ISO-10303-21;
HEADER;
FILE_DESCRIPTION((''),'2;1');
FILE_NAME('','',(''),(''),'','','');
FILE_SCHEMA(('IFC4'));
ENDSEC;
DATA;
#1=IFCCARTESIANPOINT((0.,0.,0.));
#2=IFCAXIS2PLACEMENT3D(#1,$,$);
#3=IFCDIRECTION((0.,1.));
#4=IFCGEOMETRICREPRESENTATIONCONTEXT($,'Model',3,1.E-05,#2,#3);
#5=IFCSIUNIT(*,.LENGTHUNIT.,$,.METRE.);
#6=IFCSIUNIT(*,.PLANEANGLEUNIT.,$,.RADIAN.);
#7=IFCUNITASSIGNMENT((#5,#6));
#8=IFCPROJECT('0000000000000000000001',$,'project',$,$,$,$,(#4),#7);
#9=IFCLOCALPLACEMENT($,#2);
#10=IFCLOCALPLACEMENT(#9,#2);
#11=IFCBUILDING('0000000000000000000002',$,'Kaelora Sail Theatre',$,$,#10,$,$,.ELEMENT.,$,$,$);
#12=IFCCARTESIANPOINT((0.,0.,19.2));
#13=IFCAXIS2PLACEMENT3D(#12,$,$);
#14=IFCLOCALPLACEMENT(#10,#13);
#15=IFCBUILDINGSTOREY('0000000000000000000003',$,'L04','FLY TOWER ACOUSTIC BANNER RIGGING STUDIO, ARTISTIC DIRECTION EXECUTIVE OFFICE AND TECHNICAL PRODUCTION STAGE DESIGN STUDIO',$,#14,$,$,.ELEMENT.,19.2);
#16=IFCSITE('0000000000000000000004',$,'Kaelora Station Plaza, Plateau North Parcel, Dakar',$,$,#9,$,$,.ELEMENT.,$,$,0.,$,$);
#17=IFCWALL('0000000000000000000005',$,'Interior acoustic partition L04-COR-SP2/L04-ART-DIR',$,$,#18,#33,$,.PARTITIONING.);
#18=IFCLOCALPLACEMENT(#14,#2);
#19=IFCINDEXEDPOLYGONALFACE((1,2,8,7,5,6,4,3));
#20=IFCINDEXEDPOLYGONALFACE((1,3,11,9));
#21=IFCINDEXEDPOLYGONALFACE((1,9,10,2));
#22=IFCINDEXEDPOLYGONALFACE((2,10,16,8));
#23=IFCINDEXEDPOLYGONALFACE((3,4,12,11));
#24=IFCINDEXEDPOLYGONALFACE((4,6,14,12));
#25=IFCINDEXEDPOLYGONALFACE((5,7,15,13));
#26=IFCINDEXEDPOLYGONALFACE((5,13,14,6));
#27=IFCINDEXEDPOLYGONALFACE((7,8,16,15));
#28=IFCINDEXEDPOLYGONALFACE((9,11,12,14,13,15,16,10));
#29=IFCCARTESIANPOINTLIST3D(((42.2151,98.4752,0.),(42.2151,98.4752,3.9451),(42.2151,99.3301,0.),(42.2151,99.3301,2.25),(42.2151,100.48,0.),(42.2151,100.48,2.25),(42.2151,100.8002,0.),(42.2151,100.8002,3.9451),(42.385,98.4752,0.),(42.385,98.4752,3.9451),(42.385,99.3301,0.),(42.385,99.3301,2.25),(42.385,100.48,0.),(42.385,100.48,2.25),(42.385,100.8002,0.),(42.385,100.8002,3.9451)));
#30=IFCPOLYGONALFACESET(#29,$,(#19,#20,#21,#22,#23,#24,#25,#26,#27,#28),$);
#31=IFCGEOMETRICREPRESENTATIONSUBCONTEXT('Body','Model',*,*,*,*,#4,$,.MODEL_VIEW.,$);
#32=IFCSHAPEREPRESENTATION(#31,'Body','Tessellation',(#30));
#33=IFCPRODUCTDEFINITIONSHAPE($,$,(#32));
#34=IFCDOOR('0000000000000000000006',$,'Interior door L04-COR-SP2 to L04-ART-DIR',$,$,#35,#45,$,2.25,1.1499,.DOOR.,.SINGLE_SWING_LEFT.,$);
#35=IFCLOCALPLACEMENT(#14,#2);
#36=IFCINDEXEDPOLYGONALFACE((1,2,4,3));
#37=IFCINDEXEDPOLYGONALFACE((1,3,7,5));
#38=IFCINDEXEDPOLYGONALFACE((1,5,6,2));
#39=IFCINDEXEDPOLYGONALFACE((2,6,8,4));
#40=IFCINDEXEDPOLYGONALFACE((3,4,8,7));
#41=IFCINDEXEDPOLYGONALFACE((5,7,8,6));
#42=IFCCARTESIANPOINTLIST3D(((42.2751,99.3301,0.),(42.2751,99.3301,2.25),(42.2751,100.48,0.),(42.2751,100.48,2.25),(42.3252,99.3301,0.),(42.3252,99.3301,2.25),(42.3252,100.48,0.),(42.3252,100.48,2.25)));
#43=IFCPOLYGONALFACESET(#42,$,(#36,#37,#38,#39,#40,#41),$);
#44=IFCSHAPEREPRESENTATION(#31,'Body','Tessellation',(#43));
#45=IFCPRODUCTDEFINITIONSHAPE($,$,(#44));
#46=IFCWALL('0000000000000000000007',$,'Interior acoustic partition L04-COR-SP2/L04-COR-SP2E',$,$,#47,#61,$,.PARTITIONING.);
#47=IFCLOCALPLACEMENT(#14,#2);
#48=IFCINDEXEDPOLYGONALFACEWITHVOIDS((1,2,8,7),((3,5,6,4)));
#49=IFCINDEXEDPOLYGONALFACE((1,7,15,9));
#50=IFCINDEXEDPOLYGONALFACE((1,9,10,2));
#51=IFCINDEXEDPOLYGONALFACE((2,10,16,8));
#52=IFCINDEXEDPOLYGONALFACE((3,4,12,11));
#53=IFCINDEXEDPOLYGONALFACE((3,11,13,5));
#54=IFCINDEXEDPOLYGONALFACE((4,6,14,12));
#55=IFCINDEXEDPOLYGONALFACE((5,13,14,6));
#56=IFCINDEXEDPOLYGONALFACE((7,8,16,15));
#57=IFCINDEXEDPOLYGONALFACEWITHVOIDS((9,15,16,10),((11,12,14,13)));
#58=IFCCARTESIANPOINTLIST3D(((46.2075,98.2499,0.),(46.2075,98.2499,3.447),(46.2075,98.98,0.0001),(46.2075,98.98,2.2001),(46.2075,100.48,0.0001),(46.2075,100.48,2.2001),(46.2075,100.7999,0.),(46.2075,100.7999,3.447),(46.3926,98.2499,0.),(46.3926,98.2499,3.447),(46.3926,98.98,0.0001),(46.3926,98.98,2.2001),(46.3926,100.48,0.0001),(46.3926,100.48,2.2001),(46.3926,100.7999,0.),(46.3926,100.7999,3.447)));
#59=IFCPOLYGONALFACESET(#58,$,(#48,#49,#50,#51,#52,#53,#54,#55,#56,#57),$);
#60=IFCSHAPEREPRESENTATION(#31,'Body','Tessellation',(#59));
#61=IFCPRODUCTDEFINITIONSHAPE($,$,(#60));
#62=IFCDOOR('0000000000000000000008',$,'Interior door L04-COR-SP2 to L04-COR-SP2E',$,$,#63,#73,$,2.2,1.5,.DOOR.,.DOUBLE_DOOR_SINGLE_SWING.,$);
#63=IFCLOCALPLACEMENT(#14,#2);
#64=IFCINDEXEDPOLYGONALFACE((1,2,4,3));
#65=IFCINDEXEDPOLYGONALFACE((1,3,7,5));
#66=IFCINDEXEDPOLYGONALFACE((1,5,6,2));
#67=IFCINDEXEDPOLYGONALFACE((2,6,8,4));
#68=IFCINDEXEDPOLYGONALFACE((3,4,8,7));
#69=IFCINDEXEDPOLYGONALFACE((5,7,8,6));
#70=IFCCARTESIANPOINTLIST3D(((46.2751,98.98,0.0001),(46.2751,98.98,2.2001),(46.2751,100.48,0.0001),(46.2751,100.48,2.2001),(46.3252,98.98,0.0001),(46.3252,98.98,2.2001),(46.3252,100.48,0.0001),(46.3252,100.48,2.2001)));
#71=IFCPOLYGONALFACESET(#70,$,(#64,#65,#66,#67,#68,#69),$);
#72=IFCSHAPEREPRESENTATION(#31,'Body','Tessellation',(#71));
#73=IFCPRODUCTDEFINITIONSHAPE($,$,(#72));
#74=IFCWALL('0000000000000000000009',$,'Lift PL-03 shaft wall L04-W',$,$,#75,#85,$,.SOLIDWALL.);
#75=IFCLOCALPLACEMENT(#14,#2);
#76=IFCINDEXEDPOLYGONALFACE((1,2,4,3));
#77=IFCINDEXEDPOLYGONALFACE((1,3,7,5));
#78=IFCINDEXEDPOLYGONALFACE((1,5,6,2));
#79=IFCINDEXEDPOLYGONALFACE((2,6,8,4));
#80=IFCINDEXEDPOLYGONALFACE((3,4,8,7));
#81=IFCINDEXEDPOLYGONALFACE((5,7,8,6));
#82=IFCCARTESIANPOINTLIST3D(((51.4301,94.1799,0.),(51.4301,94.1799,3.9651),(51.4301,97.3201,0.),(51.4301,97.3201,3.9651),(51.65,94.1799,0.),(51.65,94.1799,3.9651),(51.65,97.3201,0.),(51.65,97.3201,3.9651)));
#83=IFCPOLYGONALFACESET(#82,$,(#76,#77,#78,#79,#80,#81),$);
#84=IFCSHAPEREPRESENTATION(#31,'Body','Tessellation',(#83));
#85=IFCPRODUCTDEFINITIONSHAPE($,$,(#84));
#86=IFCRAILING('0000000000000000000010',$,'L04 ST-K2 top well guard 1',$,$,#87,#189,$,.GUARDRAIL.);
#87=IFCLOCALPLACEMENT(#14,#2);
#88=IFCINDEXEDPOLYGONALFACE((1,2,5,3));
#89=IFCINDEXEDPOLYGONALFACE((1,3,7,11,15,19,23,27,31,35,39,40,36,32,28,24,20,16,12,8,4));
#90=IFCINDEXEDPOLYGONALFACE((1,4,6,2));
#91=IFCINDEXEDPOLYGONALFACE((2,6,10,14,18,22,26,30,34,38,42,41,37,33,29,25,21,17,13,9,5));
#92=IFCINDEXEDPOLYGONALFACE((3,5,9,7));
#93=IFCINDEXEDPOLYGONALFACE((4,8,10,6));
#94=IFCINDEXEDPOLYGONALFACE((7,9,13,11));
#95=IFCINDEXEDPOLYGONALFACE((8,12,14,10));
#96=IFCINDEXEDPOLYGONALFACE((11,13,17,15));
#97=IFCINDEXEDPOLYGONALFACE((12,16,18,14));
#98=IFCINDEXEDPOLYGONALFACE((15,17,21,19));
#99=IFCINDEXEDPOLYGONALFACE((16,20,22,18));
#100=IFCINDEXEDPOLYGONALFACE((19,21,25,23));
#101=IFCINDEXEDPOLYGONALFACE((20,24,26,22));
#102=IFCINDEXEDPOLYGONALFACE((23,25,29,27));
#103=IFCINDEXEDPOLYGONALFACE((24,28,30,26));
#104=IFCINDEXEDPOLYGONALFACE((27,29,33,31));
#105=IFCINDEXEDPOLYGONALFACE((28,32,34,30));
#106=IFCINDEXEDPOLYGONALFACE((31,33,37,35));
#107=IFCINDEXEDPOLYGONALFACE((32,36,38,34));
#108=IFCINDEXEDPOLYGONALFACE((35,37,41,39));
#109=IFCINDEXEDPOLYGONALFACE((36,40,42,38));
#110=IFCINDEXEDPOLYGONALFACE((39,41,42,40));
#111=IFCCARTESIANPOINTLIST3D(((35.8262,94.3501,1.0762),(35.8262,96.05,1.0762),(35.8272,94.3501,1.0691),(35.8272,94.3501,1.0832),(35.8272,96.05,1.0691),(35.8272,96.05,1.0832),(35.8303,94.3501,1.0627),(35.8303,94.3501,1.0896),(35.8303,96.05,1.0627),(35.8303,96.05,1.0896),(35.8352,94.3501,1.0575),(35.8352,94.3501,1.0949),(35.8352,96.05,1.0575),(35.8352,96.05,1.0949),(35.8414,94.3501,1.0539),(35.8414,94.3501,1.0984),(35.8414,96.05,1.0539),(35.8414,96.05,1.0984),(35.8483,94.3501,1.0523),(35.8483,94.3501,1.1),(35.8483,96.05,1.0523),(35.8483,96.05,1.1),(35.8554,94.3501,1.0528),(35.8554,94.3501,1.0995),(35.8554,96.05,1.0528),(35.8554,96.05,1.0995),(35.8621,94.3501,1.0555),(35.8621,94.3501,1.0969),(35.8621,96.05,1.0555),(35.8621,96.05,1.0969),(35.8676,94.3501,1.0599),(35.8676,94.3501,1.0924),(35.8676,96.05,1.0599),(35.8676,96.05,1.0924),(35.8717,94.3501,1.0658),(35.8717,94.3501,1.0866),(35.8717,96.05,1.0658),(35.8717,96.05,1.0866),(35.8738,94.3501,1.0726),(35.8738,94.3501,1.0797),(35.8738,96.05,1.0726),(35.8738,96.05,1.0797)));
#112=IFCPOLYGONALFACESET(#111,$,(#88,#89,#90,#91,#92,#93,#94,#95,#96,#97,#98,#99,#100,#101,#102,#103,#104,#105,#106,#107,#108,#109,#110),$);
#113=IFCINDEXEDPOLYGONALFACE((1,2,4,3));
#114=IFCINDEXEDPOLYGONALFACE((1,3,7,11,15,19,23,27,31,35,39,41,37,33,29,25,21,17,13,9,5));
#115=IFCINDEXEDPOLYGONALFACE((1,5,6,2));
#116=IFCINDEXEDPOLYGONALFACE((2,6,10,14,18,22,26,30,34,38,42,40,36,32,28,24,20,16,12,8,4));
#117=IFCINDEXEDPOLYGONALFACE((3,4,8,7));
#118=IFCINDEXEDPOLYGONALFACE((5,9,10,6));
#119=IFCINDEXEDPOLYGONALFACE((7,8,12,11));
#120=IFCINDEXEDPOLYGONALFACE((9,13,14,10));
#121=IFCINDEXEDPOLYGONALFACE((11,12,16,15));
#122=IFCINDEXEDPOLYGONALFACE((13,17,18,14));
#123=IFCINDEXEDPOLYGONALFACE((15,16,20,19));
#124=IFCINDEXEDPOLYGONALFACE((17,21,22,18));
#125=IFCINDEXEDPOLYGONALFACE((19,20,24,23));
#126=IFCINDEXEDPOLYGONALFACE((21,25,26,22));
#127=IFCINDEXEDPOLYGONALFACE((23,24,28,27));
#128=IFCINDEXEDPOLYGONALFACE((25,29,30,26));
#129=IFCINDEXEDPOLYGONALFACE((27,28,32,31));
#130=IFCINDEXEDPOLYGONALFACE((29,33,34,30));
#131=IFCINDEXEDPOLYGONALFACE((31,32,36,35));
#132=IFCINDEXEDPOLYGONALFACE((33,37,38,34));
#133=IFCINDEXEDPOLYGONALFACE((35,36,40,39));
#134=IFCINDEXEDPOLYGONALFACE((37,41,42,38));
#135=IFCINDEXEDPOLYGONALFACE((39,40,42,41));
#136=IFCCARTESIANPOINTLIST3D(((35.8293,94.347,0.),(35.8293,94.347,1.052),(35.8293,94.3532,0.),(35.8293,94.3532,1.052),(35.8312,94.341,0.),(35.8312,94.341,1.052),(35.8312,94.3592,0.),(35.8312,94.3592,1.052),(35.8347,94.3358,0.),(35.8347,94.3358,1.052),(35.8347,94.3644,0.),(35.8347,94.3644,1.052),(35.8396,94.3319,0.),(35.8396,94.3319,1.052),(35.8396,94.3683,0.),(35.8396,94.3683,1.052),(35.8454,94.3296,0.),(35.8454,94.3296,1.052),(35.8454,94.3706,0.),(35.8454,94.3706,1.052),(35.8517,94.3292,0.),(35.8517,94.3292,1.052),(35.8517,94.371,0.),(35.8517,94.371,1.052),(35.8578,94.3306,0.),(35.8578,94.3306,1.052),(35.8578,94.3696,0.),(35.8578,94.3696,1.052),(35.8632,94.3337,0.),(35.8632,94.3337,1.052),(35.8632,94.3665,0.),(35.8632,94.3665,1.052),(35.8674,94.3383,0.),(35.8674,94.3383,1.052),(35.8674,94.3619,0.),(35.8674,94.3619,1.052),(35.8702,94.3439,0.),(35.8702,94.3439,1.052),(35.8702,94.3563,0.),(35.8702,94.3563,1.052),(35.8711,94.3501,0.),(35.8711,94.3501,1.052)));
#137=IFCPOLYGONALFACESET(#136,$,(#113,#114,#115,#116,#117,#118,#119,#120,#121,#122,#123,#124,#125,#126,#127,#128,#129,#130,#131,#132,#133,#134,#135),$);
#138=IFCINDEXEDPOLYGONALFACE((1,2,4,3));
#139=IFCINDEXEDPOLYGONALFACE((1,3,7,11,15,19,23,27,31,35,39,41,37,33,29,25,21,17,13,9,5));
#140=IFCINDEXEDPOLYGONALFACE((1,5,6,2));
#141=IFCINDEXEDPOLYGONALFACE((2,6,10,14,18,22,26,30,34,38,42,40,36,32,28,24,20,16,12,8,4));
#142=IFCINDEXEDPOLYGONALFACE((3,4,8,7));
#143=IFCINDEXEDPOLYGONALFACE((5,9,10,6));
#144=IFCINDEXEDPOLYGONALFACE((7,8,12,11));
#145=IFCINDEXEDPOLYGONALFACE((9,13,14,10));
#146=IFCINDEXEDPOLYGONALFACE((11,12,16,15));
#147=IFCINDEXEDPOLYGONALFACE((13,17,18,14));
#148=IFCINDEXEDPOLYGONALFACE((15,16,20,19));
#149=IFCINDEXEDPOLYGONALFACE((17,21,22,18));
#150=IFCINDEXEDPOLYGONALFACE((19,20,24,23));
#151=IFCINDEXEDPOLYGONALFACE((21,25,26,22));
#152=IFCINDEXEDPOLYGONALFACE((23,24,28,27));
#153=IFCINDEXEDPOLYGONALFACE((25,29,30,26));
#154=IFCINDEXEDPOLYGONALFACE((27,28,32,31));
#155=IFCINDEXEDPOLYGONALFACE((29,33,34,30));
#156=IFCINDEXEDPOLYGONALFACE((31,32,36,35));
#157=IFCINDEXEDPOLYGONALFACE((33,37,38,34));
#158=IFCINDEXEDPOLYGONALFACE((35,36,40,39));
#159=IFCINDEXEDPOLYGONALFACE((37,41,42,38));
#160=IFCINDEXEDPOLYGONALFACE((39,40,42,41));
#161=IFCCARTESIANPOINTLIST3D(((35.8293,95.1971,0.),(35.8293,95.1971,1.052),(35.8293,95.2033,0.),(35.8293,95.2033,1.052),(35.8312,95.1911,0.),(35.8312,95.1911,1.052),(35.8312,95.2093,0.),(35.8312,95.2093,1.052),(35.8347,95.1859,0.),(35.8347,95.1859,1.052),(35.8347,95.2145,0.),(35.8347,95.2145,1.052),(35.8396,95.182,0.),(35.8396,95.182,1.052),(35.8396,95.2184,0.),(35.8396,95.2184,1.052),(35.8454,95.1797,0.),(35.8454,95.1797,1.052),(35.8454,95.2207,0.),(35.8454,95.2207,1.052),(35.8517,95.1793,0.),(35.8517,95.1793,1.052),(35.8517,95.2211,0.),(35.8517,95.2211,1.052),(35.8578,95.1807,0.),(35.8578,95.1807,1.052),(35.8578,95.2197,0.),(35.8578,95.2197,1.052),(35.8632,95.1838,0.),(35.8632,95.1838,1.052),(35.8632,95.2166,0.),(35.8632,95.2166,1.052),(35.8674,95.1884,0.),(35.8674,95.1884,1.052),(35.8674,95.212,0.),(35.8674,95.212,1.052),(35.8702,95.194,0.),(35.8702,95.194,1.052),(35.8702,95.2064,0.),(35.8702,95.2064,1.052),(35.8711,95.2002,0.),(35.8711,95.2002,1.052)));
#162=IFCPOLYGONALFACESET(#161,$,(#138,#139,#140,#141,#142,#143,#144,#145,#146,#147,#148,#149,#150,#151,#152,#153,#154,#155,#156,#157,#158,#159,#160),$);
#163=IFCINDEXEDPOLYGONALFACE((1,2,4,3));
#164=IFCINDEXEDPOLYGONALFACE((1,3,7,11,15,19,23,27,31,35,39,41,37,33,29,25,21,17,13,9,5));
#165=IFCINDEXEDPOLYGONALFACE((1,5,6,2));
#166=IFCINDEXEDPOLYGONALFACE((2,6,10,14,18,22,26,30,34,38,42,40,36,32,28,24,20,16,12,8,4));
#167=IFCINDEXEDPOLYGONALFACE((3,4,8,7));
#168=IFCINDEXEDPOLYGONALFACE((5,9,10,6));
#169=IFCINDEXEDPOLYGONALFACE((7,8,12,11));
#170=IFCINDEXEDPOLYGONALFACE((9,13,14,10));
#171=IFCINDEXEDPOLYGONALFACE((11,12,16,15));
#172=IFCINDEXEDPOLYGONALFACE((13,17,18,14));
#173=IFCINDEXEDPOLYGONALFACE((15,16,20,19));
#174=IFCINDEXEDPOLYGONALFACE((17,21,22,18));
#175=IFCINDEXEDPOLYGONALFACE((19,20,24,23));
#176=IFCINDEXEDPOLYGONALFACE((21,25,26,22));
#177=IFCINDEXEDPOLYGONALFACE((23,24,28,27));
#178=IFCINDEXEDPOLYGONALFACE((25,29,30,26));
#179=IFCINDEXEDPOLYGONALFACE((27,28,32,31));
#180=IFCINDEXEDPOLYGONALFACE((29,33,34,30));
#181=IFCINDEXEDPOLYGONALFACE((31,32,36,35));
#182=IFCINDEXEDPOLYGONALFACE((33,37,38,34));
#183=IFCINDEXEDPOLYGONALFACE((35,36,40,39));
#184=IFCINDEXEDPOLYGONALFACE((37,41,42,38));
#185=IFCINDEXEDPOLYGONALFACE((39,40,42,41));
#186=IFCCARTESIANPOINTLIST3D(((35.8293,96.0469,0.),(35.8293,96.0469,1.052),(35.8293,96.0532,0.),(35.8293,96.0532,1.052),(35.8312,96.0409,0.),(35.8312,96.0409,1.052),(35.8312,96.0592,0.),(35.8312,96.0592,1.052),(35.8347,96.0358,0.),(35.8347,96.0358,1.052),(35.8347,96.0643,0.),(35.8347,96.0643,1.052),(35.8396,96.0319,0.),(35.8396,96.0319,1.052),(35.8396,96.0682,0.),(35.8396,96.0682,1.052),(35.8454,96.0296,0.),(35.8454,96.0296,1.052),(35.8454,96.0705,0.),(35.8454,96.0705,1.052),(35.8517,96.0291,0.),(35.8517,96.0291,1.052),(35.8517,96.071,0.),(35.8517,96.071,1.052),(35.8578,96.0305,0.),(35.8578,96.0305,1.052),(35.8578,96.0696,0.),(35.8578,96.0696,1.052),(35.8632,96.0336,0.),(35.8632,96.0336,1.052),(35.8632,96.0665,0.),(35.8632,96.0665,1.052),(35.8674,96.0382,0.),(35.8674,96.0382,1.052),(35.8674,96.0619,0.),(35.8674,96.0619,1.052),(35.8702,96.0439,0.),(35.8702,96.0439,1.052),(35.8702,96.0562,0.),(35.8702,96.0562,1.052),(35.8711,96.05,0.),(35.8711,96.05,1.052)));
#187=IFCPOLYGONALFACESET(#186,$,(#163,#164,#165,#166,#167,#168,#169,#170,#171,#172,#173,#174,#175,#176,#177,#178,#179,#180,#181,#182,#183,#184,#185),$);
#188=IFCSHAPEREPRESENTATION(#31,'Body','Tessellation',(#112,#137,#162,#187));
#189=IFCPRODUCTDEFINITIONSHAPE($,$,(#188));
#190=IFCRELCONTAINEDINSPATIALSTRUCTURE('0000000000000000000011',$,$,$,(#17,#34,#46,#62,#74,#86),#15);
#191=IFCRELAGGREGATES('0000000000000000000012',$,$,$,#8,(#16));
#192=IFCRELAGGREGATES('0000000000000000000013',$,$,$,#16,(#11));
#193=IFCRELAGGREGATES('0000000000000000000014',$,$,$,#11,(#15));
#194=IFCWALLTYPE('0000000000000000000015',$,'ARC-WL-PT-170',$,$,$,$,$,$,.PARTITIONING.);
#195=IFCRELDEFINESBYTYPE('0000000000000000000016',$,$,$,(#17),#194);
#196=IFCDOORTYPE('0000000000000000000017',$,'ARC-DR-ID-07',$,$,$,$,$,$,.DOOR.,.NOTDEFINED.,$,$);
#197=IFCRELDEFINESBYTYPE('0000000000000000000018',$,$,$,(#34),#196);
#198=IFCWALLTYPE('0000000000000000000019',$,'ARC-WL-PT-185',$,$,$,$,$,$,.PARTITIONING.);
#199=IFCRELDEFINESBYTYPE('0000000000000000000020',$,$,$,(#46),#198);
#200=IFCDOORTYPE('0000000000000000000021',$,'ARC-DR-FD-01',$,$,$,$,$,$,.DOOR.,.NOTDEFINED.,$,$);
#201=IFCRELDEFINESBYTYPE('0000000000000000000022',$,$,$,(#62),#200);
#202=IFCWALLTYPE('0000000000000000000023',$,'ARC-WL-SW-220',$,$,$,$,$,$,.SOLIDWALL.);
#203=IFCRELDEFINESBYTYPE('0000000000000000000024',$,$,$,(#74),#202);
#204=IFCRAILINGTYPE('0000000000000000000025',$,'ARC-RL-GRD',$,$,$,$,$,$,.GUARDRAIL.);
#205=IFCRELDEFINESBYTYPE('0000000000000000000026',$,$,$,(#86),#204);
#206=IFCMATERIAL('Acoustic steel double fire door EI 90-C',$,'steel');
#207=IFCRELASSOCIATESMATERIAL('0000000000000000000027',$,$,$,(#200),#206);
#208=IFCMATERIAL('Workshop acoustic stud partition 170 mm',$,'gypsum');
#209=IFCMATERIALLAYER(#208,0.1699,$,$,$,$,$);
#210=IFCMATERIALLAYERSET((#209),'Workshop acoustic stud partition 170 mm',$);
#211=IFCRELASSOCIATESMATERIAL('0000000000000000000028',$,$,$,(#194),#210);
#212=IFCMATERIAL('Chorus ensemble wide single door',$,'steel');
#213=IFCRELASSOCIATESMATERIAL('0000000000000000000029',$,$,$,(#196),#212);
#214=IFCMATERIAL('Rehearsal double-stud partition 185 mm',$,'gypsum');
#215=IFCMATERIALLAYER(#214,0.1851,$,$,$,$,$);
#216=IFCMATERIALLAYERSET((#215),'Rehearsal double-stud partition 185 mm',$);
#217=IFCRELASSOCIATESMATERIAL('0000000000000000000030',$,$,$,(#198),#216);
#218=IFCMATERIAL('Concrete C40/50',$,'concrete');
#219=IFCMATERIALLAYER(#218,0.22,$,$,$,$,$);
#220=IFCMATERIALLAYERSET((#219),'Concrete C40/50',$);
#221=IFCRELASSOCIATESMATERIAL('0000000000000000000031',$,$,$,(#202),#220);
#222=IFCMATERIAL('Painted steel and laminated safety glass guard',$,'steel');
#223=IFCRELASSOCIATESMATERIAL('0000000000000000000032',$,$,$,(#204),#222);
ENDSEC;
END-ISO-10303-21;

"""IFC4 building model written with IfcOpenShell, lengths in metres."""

from ifc_helpers import new_model, si_unit, direction, frame, frame_2d, origin, origin_2d, place, context, subcontext, project, spatial, rectangle, circle, extrude, material, layer, layer_set, type_object, element, fill, save


model = new_model("IFC4")

# Units and contexts
model_context = context("Model", 3, precision=1e-05, world=origin(), true_north=direction((0.0, 1.0)))
body_context = subcontext(model_context, "Body", "Model", "MODEL_VIEW")
ifc_project = project(units=[si_unit("LENGTHUNIT", "METRE"), si_unit("PLANEANGLEUNIT", "RADIAN")], contexts=[model_context])

# Site, building, storey
site_placement = place(None, origin())
site = spatial("IfcSite", under=ifc_project, at=site_placement, Name="Kaelora Station Plaza, Plateau North Parcel, Dakar", CompositionType="ELEMENT", RefElevation=0.0)
building_placement = place(site_placement, origin())
building = spatial("IfcBuilding", under=site, at=building_placement, Name="Kaelora Sail Theatre", CompositionType="ELEMENT")
storey_placement = place(building_placement, frame((0.0, 0.0, 19.2)))
storey = spatial("IfcBuildingStorey", under=building, at=storey_placement, Name="L04", Description="FLY TOWER ACOUSTIC BANNER RIGGING STUDIO, ARTISTIC DIRECTION EXECUTIVE OFFICE AND TECHNICAL PRODUCTION STAGE DESIGN STUDIO", CompositionType="ELEMENT", Elevation=19.2)

# Shared definitions
ifc_material_1 = material(Name="Acoustic steel double fire door EI 90-C", Category="steel")
door_type_1 = type_object("IfcDoorType", Name="ARC-DR-FD-01", OperationType="NOTDEFINED", PredefinedType="DOOR", material=ifc_material_1)

# Walls, openings, doors
ifc_material_2 = material(Name="Workshop acoustic stud partition 170 mm", Category="gypsum")
ifc_layer_1 = layer(ifc_material_2, 0.1699)
ifc_layer_set_1 = layer_set([ifc_layer_1], Name="Workshop acoustic stud partition 170 mm")
wall_type_1 = type_object("IfcWallType", Name="ARC-WL-PT-170", PredefinedType="PARTITIONING", material=ifc_layer_set_1)
wall_1_placement = place(storey_placement, frame((42.3, 98.4751, 0.0), z_axis=(0.0, 0.0, 1.0), x_axis=(0.0, 1.0, 0.0)))
wall_1 = element("IfcWall", 1, at=wall_1_placement, inside=storey, type_object=wall_type_1, Name="Interior acoustic partition L04-COR-SP2/L04-ART-DIR", PredefinedType="PARTITIONING", context=body_context, shape_type="SweptSolid", body=[
    extrude(rectangle(XDim=2.325, YDim=0.1699, at=frame_2d((1.1626, 0.0))), origin(), (0.0, 0.0, 1.0), 3.9451),
])
opening_1_placement = place(wall_1_placement, frame((0.855, 0.0, 0.0)))
opening_1 = element("IfcOpeningElement", 2, at=opening_1_placement, cuts=wall_1, PredefinedType="OPENING", context=body_context, shape_type="SweptSolid", body=[
    extrude(rectangle(XDim=1.1499, YDim=2.25, at=frame_2d((0.575, 1.125))), frame((0.0, 0.095, 0.0), z_axis=(0.0, -1.0, 0.0), x_axis=(1.0, 0.0, 0.0)), (0.0, 0.0, 1.0), 0.1899),
])
ifc_material_3 = material(Name="Chorus ensemble wide single door", Category="steel")
door_type_2 = type_object("IfcDoorType", Name="ARC-DR-ID-07", OperationType="NOTDEFINED", PredefinedType="DOOR", material=ifc_material_3)
door_1_placement = place(opening_1_placement, origin())
door_1 = element("IfcDoor", 3, at=door_1_placement, inside=storey, type_object=door_type_2, Name="Interior door L04-COR-SP2 to L04-ART-DIR", OperationType="SINGLE_SWING_LEFT", OverallHeight=2.25, OverallWidth=1.1499, PredefinedType="DOOR", context=body_context, shape_type="SweptSolid", body=[
    extrude(rectangle(XDim=1.1499, YDim=2.25, at=frame_2d((0.575, 1.125))), frame((0.0, 0.0249, 0.0), z_axis=(0.0, -1.0, 0.0), x_axis=(1.0, 0.0, 0.0)), (0.0, 0.0, 1.0), 0.05),
])
fill(opening_1, door_1)
ifc_material_4 = material(Name="Rehearsal double-stud partition 185 mm", Category="gypsum")
ifc_layer_2 = layer(ifc_material_4, 0.1851)
ifc_layer_set_2 = layer_set([ifc_layer_2], Name="Rehearsal double-stud partition 185 mm")
wall_type_2 = type_object("IfcWallType", Name="ARC-WL-PT-185", PredefinedType="PARTITIONING", material=ifc_layer_set_2)
wall_2_placement = place(storey_placement, frame((46.3, 98.25, 0.0), z_axis=(0.0, 0.0, 1.0), x_axis=(0.0, 1.0, 0.0)))
wall_2 = element("IfcWall", 4, at=wall_2_placement, inside=storey, type_object=wall_type_2, Name="Interior acoustic partition L04-COR-SP2/L04-COR-SP2E", PredefinedType="PARTITIONING", context=body_context, shape_type="SweptSolid", body=[
    extrude(rectangle(XDim=2.55, YDim=0.1851, at=frame_2d((1.2749, 0.0))), origin(), (0.0, 0.0, 1.0), 3.447),
])
opening_2_placement = place(wall_2_placement, frame((0.73, 0.0, 0.0)))
opening_2 = element("IfcOpeningElement", 5, at=opening_2_placement, cuts=wall_2, PredefinedType="OPENING", context=body_context, shape_type="SweptSolid", body=[
    extrude(rectangle(XDim=1.5, YDim=2.2, at=frame_2d((0.75, 1.1001))), frame((0.0, 0.1025, 0.0), z_axis=(0.0, -1.0, 0.0), x_axis=(1.0, 0.0, 0.0)), (0.0, 0.0, 1.0), 0.2051),
])
door_2_placement = place(opening_2_placement, origin())
door_2 = element("IfcDoor", 6, at=door_2_placement, inside=storey, type_object=door_type_1, Name="Interior door L04-COR-SP2 to L04-COR-SP2E", OperationType="DOUBLE_DOOR_SINGLE_SWING", OverallHeight=2.2, OverallWidth=1.5, PredefinedType="DOOR", context=body_context, shape_type="SweptSolid", body=[
    extrude(rectangle(XDim=1.5, YDim=2.2, at=frame_2d((0.75, 1.1001))), frame((0.0, 0.0249, 0.0), z_axis=(0.0, -1.0, 0.0), x_axis=(1.0, 0.0, 0.0)), (0.0, 0.0, 1.0), 0.05),
])
fill(opening_2, door_2)

# Wall
ifc_material_5 = material(Name="Concrete C40/50", Category="concrete")
ifc_layer_3 = layer(ifc_material_5, 0.22)
ifc_layer_set_3 = layer_set([ifc_layer_3], Name="Concrete C40/50")
wall_type_3 = type_object("IfcWallType", Name="ARC-WL-SW-220", PredefinedType="SOLIDWALL", material=ifc_layer_set_3)
wall_3_placement = place(storey_placement, frame((51.54, 94.1799, 0.0), z_axis=(0.0, 0.0, 1.0), x_axis=(0.0, 1.0, 0.0)))
element("IfcWall", 7, at=wall_3_placement, inside=storey, type_object=wall_type_3, Name="Lift PL-03 shaft wall L04-W", PredefinedType="SOLIDWALL", context=body_context, shape_type="SweptSolid", body=[
    extrude(rectangle(XDim=3.1401, YDim=0.22, at=frame_2d((1.5701, 0.0))), origin(), (0.0, 0.0, 1.0), 3.9651),
])

# Railing
ifc_material_6 = material(Name="Painted steel and laminated safety glass guard", Category="steel")
railing_type = type_object("IfcRailingType", Name="ARC-RL-GRD", PredefinedType="GUARDRAIL", material=ifc_material_6)
railing_placement = place(storey_placement, frame((35.8501, 94.3501, 0.0)))
element("IfcRailing", 8, at=railing_placement, inside=storey, type_object=railing_type, Name="L04 ST-K2 top well guard 1", PredefinedType="GUARDRAIL", context=body_context, shape_type="SweptSolid", body=[
    extrude(circle(Radius=0.0239, at=origin_2d()), frame((0.0, 0.0, 1.0762), z_axis=(0.0, 1.0, 0.0), x_axis=(-1.0, 0.0, 0.0)), (0.0, 0.0, 1.0), 1.7),
    extrude(circle(Radius=0.021, at=origin_2d()), origin(), (0.0, 0.0, 1.0), 1.052),
    extrude(circle(Radius=0.021, at=origin_2d()), frame((0.0, 0.8501, 0.0)), (0.0, 0.0, 1.0), 1.052),
    extrude(circle(Radius=0.021, at=origin_2d()), frame((0.0, 1.7, 0.0)), (0.0, 0.0, 1.0), 1.052),
])

save(model, "model.ifc")
